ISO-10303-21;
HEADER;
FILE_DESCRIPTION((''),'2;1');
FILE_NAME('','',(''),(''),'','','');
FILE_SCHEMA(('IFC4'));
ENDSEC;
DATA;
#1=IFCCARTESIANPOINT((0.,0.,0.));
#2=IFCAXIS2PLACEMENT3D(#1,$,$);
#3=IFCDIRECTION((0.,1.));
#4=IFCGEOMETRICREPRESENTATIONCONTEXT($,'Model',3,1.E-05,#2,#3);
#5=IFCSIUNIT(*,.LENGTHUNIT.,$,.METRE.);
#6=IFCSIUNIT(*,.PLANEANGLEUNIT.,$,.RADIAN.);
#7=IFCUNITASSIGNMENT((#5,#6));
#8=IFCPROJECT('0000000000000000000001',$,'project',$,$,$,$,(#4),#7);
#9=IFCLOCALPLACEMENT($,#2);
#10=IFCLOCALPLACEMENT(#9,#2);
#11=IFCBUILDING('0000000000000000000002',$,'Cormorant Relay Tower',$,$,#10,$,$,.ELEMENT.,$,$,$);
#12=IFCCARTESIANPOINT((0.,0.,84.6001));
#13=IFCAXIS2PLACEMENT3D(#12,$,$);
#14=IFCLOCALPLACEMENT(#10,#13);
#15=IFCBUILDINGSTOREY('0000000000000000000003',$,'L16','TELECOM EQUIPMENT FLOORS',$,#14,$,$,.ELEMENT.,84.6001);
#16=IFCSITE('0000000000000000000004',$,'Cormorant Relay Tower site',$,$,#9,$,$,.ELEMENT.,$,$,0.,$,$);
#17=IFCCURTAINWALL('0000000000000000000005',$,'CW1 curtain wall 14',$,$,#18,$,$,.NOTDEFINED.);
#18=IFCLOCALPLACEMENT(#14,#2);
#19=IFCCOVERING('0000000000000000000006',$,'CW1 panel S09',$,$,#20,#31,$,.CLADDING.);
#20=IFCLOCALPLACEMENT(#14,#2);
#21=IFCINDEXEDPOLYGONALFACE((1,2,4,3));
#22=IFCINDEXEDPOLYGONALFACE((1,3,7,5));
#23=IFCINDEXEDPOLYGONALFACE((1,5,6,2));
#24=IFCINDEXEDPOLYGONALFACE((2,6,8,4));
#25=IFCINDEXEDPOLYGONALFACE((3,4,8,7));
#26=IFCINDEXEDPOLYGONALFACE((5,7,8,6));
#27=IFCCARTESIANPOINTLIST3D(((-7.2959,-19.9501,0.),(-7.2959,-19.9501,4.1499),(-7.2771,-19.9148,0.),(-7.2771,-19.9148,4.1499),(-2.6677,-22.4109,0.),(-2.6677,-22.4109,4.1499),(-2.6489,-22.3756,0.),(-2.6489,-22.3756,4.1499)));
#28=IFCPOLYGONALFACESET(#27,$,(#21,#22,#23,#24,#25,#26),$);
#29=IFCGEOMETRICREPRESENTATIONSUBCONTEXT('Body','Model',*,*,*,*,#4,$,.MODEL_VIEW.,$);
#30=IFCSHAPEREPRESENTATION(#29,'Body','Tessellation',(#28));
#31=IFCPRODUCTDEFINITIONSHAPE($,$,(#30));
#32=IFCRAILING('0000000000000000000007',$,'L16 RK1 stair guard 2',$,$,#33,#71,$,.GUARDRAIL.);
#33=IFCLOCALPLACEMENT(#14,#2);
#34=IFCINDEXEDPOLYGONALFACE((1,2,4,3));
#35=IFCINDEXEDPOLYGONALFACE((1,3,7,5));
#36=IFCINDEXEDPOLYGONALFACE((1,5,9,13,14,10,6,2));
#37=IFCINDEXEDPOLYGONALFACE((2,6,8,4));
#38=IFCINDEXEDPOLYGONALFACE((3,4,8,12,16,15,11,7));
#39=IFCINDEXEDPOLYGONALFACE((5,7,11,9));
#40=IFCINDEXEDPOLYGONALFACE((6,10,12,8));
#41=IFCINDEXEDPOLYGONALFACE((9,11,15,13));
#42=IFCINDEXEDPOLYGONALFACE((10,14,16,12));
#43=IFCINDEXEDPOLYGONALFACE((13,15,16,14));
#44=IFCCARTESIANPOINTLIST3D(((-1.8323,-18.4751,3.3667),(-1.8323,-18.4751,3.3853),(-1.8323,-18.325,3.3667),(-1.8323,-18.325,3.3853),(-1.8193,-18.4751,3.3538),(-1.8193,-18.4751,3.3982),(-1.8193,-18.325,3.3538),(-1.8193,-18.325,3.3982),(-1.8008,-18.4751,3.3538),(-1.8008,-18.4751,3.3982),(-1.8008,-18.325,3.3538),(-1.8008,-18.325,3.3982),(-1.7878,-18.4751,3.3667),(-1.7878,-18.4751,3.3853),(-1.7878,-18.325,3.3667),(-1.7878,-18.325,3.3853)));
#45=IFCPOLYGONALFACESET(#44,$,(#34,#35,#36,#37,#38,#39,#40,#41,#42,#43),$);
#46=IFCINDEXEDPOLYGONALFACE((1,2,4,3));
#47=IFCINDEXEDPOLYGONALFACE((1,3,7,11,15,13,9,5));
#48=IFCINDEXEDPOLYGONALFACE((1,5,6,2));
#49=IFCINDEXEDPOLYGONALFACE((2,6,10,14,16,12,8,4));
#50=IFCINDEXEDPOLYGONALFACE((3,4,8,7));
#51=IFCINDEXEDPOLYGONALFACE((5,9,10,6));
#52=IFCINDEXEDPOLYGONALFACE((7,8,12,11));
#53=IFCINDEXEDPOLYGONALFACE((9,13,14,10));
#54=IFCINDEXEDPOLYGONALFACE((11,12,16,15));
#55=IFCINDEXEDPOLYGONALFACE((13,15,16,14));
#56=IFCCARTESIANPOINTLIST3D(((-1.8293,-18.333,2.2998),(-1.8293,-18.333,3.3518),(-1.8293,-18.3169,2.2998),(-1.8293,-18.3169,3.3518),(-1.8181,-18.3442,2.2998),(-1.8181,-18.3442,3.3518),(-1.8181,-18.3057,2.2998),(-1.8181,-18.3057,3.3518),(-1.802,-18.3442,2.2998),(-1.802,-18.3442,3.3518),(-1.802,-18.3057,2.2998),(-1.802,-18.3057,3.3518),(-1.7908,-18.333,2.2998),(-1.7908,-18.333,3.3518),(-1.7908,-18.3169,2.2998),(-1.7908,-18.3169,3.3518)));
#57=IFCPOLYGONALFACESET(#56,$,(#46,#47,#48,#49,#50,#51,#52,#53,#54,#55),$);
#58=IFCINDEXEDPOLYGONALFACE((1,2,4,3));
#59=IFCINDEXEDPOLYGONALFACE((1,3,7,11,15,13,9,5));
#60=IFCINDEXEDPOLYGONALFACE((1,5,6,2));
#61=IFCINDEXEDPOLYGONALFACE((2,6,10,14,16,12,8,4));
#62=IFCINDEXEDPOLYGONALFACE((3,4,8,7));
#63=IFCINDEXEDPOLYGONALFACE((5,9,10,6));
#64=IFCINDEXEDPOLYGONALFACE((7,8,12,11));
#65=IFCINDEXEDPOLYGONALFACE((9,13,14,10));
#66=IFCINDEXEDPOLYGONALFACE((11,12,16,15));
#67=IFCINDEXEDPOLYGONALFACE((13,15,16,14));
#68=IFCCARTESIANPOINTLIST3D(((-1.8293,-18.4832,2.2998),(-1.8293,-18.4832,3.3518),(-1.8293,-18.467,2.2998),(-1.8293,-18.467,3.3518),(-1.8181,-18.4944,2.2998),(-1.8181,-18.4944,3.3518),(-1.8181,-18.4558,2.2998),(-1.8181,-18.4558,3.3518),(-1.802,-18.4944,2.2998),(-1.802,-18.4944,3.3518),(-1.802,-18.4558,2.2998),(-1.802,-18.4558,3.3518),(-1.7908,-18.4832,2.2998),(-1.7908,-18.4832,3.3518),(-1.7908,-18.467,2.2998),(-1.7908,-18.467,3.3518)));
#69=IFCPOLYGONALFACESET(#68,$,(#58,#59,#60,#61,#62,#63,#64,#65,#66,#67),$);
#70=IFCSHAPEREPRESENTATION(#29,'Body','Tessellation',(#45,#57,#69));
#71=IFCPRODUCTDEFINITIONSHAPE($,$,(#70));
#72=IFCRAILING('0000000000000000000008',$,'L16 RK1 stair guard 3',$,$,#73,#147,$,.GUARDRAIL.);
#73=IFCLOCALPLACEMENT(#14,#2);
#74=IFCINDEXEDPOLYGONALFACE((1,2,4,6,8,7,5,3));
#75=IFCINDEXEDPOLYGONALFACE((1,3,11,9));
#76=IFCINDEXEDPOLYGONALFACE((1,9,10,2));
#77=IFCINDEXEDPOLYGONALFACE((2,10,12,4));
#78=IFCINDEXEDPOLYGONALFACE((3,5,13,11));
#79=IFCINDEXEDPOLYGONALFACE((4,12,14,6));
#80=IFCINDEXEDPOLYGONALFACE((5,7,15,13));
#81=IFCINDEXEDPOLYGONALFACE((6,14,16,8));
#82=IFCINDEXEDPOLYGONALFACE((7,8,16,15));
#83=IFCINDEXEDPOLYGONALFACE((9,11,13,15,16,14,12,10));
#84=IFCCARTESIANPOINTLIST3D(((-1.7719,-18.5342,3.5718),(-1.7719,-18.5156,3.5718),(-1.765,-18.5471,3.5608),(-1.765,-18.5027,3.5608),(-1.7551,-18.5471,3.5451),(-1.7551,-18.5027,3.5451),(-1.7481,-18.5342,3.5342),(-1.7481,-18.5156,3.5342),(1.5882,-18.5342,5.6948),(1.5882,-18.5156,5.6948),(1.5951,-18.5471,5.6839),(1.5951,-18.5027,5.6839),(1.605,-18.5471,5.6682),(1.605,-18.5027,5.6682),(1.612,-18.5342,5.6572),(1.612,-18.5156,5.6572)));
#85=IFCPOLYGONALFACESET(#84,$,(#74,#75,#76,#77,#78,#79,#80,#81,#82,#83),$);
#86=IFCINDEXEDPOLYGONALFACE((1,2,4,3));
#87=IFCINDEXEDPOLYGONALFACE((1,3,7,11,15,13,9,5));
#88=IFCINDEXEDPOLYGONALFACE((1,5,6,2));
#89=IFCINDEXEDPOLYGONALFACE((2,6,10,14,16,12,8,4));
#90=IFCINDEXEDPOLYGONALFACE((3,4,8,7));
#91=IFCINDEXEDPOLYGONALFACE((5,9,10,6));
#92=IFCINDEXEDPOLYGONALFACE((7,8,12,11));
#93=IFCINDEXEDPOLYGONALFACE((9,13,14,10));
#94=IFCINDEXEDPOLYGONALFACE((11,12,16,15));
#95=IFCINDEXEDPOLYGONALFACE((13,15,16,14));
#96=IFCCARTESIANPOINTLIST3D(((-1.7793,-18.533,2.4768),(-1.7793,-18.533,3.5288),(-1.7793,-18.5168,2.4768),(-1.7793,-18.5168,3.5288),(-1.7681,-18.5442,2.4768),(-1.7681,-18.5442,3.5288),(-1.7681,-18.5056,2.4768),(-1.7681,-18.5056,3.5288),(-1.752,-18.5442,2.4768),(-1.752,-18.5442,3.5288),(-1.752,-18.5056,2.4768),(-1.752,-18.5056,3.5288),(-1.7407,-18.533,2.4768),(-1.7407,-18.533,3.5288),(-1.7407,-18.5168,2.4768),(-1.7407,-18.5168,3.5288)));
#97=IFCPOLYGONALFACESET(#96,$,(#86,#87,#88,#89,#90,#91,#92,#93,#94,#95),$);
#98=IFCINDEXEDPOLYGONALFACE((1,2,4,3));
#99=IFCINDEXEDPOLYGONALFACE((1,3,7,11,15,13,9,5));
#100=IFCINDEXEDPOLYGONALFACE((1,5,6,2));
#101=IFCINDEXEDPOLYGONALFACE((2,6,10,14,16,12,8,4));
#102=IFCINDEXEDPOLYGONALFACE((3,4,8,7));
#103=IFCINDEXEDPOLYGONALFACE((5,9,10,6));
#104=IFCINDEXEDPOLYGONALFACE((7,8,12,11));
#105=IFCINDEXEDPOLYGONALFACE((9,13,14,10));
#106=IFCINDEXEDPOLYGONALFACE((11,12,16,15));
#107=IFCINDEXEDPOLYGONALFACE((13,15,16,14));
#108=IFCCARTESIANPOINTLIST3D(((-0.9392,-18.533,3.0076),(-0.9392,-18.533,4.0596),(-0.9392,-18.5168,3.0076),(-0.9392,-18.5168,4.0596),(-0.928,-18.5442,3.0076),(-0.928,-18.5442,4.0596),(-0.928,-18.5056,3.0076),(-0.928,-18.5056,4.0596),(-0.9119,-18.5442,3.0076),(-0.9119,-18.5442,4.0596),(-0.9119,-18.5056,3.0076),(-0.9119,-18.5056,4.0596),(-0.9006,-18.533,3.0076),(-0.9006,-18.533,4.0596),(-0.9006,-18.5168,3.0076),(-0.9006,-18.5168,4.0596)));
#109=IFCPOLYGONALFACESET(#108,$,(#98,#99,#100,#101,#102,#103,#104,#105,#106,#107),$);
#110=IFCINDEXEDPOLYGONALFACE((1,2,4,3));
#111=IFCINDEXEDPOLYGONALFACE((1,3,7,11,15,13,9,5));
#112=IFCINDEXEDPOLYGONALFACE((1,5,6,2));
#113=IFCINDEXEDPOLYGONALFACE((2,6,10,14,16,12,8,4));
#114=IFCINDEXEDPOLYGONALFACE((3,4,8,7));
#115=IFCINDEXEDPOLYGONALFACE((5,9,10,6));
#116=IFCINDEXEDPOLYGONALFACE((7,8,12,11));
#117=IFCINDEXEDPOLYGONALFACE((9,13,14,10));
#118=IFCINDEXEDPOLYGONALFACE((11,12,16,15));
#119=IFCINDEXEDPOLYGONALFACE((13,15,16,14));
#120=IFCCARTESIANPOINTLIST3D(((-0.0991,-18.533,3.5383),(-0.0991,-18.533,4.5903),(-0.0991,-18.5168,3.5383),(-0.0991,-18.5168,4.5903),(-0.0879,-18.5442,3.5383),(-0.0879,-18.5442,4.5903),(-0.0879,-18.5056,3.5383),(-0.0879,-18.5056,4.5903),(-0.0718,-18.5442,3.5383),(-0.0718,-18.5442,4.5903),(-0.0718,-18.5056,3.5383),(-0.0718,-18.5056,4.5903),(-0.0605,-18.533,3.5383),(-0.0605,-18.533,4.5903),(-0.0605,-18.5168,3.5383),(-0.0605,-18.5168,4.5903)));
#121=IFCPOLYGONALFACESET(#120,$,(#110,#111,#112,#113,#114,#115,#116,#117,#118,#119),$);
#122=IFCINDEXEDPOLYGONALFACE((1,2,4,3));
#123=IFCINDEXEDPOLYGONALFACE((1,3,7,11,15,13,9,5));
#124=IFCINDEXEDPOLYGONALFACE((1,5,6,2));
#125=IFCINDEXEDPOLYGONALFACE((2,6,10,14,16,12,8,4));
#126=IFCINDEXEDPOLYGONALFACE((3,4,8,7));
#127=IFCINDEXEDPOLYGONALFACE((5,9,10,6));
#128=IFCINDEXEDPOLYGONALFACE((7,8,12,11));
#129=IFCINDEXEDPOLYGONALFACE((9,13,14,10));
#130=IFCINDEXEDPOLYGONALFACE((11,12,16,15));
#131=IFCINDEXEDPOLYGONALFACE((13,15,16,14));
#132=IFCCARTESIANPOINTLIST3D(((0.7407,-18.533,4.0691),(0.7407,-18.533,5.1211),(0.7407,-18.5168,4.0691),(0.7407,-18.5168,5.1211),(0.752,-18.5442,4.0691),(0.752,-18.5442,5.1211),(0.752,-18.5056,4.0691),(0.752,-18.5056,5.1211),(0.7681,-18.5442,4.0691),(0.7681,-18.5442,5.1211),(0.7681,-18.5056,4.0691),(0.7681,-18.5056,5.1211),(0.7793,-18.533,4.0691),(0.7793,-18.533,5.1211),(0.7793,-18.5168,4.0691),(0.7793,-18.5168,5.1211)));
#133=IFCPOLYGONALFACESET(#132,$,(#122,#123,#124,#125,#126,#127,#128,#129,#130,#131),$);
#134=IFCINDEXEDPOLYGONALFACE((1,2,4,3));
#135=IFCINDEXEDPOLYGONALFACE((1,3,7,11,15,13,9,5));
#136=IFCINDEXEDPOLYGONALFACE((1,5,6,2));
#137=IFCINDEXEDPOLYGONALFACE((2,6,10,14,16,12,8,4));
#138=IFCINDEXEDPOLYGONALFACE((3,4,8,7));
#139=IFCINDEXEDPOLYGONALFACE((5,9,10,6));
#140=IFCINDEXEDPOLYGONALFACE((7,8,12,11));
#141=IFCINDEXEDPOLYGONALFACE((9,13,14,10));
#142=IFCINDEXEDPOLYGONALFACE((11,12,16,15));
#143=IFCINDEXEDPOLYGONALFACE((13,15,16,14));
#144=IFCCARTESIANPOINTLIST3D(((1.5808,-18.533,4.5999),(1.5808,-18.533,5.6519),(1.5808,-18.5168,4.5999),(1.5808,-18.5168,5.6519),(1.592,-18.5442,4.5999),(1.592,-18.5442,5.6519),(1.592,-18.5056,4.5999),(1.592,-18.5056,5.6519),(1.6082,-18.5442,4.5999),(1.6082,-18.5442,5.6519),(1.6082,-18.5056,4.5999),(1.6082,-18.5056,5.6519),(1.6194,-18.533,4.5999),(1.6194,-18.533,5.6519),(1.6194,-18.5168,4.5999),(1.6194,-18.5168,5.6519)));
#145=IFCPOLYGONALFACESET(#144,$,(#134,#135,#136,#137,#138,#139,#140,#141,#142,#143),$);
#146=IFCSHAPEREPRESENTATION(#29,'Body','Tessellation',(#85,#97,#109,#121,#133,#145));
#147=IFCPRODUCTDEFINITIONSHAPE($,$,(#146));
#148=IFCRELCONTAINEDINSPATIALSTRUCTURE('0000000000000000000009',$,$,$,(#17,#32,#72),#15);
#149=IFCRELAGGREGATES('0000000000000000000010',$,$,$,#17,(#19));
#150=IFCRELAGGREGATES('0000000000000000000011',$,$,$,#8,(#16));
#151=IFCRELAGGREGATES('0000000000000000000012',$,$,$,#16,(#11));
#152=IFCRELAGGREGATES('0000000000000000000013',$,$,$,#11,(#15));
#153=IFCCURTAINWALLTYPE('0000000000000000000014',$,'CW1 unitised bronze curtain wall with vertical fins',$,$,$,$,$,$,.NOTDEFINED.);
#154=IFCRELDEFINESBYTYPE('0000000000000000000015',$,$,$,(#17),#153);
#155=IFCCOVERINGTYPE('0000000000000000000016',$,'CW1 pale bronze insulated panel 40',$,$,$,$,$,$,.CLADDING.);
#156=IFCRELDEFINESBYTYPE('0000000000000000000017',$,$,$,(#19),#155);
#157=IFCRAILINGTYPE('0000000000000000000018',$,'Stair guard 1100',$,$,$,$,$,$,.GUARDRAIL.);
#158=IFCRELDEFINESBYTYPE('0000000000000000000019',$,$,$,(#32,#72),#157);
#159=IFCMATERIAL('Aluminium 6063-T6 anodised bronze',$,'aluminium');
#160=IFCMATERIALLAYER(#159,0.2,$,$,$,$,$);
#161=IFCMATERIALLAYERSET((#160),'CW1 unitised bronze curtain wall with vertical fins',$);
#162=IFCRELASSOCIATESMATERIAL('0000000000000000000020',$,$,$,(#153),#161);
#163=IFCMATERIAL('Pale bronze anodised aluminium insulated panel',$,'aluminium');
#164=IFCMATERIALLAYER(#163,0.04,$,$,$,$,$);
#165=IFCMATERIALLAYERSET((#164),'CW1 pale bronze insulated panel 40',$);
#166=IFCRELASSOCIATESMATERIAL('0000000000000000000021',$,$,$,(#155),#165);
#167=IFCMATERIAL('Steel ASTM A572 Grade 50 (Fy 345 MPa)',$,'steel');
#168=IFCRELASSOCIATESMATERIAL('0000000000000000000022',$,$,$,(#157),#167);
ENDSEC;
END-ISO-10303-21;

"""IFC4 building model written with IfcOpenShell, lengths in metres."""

from ifc_helpers import new_model, si_unit, direction, frame, origin, origin_2d, place, context, subcontext, project, spatial, polyline, rectangle, outline, extrude, material, layer, layer_set, type_object, element, aggregate, save


model = new_model("IFC4")

# Units and contexts
model_context = context("Model", 3, precision=1e-05, world=origin(), true_north=direction((0.0, 1.0)))
body_context = subcontext(model_context, "Body", "Model", "MODEL_VIEW")
ifc_project = project(units=[si_unit("LENGTHUNIT", "METRE"), si_unit("PLANEANGLEUNIT", "RADIAN")], contexts=[model_context])

# Site, building, storey
site_placement = place(None, origin())
site = spatial("IfcSite", under=ifc_project, at=site_placement, Name="Cormorant Relay Tower site", CompositionType="ELEMENT", RefElevation=0.0)
building_placement = place(site_placement, origin())
building = spatial("IfcBuilding", under=site, at=building_placement, Name="Cormorant Relay Tower", CompositionType="ELEMENT")
storey_placement = place(building_placement, frame((0.0, 0.0, 84.6001)))
storey = spatial("IfcBuildingStorey", under=building, at=storey_placement, Name="L16", Description="TELECOM EQUIPMENT FLOORS", CompositionType="ELEMENT", Elevation=84.6001)

# Shared definitions
ifc_material_1 = material(Name="Aluminium 6063-T6 anodised bronze", Category="aluminium")
ifc_layer_1 = layer(ifc_material_1, 0.2)
ifc_layer_set_1 = layer_set([ifc_layer_1], Name="CW1 unitised bronze curtain wall with vertical fins")
curtain_wall_type = type_object("IfcCurtainWallType", Name="CW1 unitised bronze curtain wall with vertical fins", PredefinedType="NOTDEFINED", material=ifc_layer_set_1)

# Curtain wall
curtain_wall_1_placement = place(storey_placement, origin())
curtain_wall_1 = element("IfcCurtainWall", 1, at=curtain_wall_1_placement, inside=storey, type_object=curtain_wall_type, Name="CW1 curtain wall 14", PredefinedType="NOTDEFINED")

# Covering
ifc_material_2 = material(Name="Pale bronze anodised aluminium insulated panel", Category="aluminium")
ifc_layer_2 = layer(ifc_material_2, 0.04)
ifc_layer_set_2 = layer_set([ifc_layer_2], Name="CW1 pale bronze insulated panel 40")
covering_type = type_object("IfcCoveringType", Name="CW1 pale bronze insulated panel 40", PredefinedType="CLADDING", material=ifc_layer_set_2)
covering_1_placement = place(storey_placement, frame((-4.9724, -21.1628, 0.0), z_axis=(0.0, 0.0, 1.0), x_axis=(0.882948, -0.469472, 0.0)))
covering_1 = element("IfcCovering", 2, at=covering_1_placement, type_object=covering_type, Name="CW1 panel S09", PredefinedType="CLADDING", context=body_context, shape_type="SweptSolid", body=[
    extrude(rectangle(XDim=5.2417, YDim=0.04, at=origin_2d()), origin(), (0.0, 0.0, 1.0), 4.1499),
])
aggregate(curtain_wall_1, [covering_1])

# Railings
ifc_material_3 = material(Name="Steel ASTM A572 Grade 50 (Fy 345 MPa)", Category="steel")
railing_type_1 = type_object("IfcRailingType", Name="Stair guard 1100", PredefinedType="GUARDRAIL", material=ifc_material_3)
railing_1_placement = place(storey_placement, frame((-1.8101, -18.325, 2.2998)))
element("IfcRailing", 3, at=railing_1_placement, inside=storey, type_object=railing_type_1, Name="L16 RK1 stair guard 2", PredefinedType="GUARDRAIL", context=body_context, shape_type="SweptSolid", body=[
    extrude(outline(polyline([(0.0222, 0.0093), (0.0093, 0.0222), (-0.0093, 0.0222), (-0.0222, 0.0093), (-0.0222, -0.0093), (-0.0093, -0.0222), (0.0093, -0.0222), (0.0222, -0.0093), (0.0222, 0.0093)])), frame((0.0, 0.0, 1.0762), z_axis=(0.0, -1.0, 0.0), x_axis=(1.0, 0.0, 0.0)), (0.0, 0.0, 1.0), 0.1501),
    extrude(outline(polyline([(0.0193, 0.0081), (0.0081, 0.0193), (-0.0081, 0.0193), (-0.0193, 0.0081), (-0.0193, -0.0081), (-0.0081, -0.0193), (0.0081, -0.0193), (0.0193, -0.0081), (0.0193, 0.0081)])), origin(), (0.0, 0.0, 1.0), 1.052),
    extrude(outline(polyline([(0.0193, 0.0081), (0.0081, 0.0193), (-0.0081, 0.0193), (-0.0193, 0.0081), (-0.0193, -0.0081), (-0.0081, -0.0193), (0.0081, -0.0193), (0.0193, -0.0081), (0.0193, 0.0081)])), frame((0.0, -0.1501, 0.0)), (0.0, 0.0, 1.0), 1.052),
])
railing_2_placement = place(storey_placement, frame((-1.76, -18.5249, 2.4768)))
element("IfcRailing", 4, at=railing_2_placement, inside=storey, type_object=railing_type_1, Name="L16 RK1 stair guard 3", PredefinedType="GUARDRAIL", context=body_context, shape_type="SweptSolid", body=[
    extrude(outline(polyline([(0.0222, 0.0093), (0.0093, 0.0222), (-0.0093, 0.0222), (-0.0222, 0.0093), (-0.0222, -0.0093), (-0.0093, -0.0222), (0.0093, -0.0222), (0.0222, -0.0093), (0.0222, 0.0093)])), frame((0.0, 0.0, 1.0762), z_axis=(0.84539, 0.0, 0.53415), x_axis=(0.0, 1.0, 0.0)), (0.0, 0.0, 1.0), 3.9746),
    extrude(outline(polyline([(0.0193, 0.0081), (0.0081, 0.0193), (-0.0081, 0.0193), (-0.0193, 0.0081), (-0.0193, -0.0081), (-0.0081, -0.0193), (0.0081, -0.0193), (0.0193, -0.0081), (0.0193, 0.0081)])), origin(), (0.0, 0.0, 1.0), 1.052),
    extrude(outline(polyline([(0.0193, 0.0081), (0.0081, 0.0193), (-0.0081, 0.0193), (-0.0193, 0.0081), (-0.0193, -0.0081), (-0.0081, -0.0193), (0.0081, -0.0193), (0.0193, -0.0081), (0.0193, 0.0081)])), frame((0.8401, 0.0, 0.5308)), (0.0, 0.0, 1.0), 1.052),
    extrude(outline(polyline([(0.0193, 0.0081), (0.0081, 0.0193), (-0.0081, 0.0193), (-0.0193, 0.0081), (-0.0193, -0.0081), (-0.0081, -0.0193), (0.0081, -0.0193), (0.0193, -0.0081), (0.0193, 0.0081)])), frame((1.6802, 0.0, 1.0615)), (0.0, 0.0, 1.0), 1.052),
    extrude(outline(polyline([(0.0193, 0.0081), (0.0081, 0.0193), (-0.0081, 0.0193), (-0.0193, 0.0081), (-0.0193, -0.0081), (-0.0081, -0.0193), (0.0081, -0.0193), (0.0193, -0.0081), (0.0193, 0.0081)])), frame((2.52, 0.0, 1.5923)), (0.0, 0.0, 1.0), 1.052),
    extrude(outline(polyline([(0.0193, 0.0081), (0.0081, 0.0193), (-0.0081, 0.0193), (-0.0193, 0.0081), (-0.0193, -0.0081), (-0.0081, -0.0193), (0.0081, -0.0193), (0.0193, -0.0081), (0.0193, 0.0081)])), frame((3.3601, 0.0, 2.123)), (0.0, 0.0, 1.0), 1.052),
])

save(model, "model.ifc")
